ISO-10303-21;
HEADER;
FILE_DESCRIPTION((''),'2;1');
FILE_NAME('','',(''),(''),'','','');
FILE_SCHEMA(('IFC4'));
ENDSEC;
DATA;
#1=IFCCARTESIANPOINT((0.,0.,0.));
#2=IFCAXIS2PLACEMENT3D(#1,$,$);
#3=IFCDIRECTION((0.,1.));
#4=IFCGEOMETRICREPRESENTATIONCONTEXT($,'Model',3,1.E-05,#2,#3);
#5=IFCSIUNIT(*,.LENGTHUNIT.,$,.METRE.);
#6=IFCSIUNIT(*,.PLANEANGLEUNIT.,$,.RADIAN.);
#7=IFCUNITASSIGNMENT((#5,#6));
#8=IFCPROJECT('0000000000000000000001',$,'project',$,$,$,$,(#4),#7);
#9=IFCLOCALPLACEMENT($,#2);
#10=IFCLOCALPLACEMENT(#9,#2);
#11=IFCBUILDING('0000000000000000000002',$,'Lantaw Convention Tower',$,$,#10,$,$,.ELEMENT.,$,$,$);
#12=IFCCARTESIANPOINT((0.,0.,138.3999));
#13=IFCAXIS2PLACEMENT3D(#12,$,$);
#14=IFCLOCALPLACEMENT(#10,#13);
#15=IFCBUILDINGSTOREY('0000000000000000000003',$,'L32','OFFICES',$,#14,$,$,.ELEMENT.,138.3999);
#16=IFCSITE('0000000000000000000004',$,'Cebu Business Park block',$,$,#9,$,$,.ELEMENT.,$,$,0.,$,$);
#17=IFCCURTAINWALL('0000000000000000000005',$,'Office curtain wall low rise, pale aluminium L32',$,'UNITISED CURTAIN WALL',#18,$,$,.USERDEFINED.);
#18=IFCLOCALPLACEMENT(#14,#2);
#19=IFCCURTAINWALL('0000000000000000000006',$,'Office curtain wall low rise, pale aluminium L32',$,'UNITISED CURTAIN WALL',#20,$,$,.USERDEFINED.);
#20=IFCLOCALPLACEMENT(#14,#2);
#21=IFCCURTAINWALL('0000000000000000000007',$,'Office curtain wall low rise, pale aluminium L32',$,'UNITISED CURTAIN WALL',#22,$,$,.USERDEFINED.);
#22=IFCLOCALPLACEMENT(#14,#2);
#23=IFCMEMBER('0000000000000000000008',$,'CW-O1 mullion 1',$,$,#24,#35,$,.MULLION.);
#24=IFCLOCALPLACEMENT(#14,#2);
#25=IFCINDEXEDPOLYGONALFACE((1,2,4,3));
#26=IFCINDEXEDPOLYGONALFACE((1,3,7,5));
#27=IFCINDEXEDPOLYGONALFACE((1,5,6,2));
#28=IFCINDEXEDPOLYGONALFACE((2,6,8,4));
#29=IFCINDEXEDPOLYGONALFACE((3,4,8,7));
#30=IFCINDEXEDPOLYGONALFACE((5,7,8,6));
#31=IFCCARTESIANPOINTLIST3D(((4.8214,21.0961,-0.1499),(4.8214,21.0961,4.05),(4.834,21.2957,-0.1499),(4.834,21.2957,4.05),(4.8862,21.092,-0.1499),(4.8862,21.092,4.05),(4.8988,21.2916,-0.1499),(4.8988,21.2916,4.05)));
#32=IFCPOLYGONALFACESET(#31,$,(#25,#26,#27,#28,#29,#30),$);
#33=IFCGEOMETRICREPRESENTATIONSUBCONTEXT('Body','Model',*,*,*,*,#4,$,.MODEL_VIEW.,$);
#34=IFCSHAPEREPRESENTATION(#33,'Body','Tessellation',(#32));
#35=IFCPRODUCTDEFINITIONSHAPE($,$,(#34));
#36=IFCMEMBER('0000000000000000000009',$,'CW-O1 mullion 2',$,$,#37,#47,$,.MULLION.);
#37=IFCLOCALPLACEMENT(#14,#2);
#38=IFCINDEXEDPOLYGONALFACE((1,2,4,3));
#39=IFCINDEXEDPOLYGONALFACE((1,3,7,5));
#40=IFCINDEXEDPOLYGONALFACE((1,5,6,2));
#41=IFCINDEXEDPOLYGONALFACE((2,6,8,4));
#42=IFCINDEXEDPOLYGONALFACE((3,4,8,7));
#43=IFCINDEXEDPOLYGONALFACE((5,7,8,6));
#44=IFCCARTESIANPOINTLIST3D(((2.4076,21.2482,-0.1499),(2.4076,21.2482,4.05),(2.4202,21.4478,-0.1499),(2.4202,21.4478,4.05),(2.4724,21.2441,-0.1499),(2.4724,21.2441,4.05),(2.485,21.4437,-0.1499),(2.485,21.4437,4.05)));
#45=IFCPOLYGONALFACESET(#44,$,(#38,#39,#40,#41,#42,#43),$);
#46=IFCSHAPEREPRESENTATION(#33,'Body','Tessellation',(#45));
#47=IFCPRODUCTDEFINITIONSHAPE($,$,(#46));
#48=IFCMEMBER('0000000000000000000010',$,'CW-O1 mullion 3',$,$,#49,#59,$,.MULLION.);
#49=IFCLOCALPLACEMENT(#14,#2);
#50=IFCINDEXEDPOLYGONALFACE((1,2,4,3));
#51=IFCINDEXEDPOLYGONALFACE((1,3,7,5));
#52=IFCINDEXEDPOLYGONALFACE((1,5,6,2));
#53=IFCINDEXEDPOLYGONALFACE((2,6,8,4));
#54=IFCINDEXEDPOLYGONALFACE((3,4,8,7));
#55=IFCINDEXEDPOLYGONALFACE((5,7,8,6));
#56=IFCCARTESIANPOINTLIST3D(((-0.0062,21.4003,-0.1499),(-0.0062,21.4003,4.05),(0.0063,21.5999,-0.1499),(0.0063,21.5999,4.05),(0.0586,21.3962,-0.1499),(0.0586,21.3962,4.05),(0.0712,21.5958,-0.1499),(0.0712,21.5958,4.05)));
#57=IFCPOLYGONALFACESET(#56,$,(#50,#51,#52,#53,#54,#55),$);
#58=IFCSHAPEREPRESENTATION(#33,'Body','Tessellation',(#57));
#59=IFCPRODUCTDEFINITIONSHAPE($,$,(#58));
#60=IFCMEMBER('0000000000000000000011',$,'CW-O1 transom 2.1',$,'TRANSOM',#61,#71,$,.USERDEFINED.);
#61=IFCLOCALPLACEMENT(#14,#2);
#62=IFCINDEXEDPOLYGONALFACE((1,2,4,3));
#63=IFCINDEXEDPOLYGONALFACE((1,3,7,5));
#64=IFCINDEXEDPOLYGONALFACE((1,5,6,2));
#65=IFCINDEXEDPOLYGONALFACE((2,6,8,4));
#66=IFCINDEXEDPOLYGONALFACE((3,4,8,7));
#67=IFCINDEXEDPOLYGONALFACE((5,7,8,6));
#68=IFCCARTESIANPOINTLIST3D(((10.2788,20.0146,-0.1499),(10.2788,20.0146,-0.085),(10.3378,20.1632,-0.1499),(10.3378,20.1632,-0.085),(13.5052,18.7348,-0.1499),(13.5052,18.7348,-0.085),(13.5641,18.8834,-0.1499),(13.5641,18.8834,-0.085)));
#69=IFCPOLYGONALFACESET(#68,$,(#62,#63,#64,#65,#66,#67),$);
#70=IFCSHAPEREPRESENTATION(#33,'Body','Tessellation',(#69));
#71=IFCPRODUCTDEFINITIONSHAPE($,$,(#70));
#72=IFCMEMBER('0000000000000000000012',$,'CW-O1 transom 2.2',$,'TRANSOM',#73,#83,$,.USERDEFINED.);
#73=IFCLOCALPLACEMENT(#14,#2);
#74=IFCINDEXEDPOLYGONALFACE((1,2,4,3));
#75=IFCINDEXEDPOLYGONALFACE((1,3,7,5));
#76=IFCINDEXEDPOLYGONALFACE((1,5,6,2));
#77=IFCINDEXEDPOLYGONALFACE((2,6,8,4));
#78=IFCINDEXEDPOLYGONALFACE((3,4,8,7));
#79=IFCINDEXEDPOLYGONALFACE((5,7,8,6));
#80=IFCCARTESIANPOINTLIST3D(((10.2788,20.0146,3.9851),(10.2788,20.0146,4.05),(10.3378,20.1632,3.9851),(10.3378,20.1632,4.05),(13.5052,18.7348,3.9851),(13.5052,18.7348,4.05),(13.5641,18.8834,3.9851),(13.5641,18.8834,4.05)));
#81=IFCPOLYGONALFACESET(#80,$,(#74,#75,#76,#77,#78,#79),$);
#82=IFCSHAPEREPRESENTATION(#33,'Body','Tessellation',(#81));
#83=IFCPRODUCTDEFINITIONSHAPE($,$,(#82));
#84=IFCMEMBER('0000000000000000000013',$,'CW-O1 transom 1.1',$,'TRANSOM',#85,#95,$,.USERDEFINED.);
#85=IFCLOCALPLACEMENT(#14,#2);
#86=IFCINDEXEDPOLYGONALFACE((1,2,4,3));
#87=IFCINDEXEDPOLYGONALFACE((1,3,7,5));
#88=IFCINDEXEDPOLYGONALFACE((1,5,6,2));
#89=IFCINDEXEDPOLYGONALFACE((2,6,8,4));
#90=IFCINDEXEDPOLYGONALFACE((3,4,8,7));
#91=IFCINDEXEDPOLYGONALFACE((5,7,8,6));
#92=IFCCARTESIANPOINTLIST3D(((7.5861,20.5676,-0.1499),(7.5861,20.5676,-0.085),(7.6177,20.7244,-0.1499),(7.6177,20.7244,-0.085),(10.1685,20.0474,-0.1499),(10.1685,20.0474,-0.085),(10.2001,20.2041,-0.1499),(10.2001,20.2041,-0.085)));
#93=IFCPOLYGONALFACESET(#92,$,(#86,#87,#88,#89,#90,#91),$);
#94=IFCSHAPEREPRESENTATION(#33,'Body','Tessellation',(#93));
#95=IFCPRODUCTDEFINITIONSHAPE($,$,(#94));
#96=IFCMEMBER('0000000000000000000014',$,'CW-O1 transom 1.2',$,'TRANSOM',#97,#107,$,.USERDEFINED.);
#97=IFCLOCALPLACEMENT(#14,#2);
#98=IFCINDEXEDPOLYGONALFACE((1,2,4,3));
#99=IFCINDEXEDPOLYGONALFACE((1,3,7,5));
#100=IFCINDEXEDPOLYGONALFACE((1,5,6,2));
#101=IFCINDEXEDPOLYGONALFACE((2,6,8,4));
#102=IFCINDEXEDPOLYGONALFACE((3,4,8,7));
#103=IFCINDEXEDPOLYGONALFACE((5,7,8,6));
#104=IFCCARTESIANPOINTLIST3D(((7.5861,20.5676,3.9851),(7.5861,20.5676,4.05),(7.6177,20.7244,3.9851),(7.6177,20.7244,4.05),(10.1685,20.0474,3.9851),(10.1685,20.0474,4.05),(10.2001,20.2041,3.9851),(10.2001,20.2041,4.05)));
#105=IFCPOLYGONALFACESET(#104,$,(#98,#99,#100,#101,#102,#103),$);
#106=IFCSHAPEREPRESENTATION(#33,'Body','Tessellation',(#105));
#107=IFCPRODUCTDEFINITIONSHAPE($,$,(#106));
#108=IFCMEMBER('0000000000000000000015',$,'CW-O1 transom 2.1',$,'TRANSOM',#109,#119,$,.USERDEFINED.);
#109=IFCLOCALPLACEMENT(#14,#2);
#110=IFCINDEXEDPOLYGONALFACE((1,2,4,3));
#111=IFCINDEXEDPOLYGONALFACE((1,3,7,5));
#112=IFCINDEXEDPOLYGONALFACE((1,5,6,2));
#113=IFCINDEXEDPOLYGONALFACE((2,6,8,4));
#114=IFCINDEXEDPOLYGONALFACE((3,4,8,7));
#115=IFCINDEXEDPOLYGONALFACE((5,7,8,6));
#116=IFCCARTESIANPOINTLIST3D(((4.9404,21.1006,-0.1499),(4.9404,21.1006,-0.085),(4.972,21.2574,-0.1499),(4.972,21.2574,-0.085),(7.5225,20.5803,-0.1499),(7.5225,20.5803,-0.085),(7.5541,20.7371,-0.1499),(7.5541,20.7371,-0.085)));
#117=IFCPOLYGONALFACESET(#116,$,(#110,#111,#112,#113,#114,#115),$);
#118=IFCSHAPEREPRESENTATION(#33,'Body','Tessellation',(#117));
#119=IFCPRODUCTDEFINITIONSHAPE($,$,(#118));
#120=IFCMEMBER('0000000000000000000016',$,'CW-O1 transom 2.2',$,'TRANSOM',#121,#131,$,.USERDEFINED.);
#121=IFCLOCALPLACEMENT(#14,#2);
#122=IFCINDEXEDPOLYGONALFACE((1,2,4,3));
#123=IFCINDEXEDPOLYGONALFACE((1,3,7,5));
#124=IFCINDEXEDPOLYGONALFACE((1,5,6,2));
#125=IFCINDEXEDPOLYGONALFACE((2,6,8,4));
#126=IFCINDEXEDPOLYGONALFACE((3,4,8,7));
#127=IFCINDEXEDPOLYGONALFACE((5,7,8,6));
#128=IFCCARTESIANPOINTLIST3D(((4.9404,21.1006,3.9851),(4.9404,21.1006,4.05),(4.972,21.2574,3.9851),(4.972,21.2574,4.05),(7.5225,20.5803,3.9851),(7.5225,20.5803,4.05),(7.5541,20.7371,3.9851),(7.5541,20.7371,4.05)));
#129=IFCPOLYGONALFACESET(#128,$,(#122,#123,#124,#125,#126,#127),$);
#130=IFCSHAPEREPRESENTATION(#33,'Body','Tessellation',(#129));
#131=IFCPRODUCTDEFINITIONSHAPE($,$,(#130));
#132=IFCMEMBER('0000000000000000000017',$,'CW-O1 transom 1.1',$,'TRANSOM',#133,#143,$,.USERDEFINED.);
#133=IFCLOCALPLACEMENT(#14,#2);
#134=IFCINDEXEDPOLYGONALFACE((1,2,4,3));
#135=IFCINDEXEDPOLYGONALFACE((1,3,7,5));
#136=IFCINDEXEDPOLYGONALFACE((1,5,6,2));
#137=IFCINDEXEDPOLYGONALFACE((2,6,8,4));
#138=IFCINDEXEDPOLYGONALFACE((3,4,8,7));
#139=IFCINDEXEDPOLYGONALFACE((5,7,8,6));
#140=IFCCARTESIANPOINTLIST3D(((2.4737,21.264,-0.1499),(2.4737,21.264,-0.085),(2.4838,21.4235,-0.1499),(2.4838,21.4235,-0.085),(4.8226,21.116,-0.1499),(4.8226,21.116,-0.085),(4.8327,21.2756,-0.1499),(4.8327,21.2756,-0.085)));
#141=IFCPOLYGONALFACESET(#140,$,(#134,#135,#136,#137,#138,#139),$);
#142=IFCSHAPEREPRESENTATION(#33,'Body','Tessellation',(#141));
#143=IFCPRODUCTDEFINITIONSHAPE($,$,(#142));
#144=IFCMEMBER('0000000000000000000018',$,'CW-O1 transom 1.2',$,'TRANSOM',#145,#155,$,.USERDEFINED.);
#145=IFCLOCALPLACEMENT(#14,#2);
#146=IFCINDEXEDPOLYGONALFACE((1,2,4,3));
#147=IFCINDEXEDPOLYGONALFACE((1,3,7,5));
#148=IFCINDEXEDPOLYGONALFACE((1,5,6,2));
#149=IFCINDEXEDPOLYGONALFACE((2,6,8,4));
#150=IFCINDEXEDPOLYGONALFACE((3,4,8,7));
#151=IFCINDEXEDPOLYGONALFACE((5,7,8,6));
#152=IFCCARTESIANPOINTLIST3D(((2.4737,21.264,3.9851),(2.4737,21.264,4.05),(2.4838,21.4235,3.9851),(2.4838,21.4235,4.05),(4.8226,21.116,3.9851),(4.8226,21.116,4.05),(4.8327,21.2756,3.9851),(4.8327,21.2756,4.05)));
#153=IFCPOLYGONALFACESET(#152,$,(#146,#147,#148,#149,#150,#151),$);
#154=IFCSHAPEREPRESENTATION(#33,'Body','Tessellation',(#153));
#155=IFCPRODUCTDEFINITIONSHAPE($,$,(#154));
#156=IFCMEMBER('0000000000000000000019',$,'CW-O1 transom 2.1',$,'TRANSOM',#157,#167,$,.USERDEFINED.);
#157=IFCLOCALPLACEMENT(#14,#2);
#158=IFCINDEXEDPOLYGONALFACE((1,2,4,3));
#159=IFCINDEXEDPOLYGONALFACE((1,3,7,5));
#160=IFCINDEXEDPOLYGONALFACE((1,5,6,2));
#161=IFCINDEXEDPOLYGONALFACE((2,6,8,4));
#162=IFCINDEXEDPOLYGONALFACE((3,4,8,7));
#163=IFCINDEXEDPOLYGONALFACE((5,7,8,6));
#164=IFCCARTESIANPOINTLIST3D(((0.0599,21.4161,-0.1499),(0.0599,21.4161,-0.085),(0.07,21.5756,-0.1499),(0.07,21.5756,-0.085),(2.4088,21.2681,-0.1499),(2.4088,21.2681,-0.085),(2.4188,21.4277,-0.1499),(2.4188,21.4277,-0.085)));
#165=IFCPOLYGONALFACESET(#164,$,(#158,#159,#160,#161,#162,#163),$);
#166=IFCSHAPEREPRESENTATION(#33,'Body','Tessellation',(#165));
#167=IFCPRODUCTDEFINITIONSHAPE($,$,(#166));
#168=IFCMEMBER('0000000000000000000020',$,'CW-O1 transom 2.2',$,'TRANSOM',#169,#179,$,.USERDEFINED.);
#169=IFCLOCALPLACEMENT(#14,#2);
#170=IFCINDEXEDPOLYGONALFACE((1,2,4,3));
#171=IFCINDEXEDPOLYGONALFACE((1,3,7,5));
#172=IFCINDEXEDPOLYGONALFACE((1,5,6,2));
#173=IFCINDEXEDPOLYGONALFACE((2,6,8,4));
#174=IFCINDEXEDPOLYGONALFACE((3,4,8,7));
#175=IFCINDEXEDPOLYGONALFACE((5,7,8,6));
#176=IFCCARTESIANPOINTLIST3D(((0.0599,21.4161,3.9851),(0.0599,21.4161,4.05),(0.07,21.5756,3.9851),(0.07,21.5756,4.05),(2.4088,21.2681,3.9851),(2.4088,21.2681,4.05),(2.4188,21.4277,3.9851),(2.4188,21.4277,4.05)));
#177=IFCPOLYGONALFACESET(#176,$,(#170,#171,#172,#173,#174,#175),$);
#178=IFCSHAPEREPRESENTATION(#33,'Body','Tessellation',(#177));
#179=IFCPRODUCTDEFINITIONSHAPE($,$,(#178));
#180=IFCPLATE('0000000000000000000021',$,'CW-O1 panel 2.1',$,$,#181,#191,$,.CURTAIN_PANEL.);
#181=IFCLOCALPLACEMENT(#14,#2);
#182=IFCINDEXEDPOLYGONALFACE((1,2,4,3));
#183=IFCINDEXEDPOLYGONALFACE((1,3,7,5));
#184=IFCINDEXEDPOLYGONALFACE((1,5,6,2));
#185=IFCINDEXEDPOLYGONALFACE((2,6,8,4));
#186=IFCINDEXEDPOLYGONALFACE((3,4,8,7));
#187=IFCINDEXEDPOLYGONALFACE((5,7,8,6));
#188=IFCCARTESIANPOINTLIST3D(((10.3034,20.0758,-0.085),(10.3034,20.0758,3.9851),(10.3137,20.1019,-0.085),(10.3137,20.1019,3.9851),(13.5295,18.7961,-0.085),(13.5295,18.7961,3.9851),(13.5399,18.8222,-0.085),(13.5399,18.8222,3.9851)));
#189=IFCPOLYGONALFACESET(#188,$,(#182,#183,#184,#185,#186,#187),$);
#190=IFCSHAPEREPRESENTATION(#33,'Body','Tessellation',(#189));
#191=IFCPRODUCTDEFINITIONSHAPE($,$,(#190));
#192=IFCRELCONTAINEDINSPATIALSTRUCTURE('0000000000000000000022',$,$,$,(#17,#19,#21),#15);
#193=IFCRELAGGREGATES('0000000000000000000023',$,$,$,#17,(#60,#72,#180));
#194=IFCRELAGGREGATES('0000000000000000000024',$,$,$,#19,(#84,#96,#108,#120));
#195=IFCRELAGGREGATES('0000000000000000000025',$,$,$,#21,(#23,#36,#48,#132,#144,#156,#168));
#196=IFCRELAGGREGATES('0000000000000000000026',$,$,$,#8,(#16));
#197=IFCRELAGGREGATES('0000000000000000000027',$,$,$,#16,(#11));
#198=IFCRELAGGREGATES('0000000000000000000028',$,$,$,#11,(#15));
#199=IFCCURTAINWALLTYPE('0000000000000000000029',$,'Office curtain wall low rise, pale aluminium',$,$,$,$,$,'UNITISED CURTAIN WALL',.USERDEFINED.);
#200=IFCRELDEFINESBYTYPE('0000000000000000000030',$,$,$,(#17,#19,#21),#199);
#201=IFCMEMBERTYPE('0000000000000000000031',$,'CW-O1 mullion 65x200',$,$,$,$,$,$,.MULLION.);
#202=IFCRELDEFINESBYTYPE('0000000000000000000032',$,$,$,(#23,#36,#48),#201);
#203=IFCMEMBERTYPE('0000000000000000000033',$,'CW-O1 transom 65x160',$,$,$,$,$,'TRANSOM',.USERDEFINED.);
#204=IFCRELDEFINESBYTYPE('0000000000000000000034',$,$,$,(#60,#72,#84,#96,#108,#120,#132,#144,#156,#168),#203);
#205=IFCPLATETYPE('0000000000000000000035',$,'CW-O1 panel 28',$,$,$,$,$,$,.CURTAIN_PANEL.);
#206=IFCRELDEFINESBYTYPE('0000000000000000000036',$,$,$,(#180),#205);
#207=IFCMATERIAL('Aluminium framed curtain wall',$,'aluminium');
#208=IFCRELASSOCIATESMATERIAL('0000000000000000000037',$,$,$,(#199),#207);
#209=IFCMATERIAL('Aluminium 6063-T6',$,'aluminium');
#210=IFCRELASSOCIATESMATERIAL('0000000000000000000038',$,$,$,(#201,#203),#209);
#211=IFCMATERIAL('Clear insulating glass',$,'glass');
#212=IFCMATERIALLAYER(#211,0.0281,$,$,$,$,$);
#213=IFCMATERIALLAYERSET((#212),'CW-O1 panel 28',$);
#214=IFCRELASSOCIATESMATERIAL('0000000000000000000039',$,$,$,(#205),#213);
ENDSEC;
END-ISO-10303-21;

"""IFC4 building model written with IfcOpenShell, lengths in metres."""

from ifc_helpers import new_model, si_unit, direction, frame, origin, origin_2d, place, context, subcontext, project, spatial, rectangle, extrude, material, layer, layer_set, material_profile, profile_set, type_object, element, aggregate, save


model = new_model("IFC4")

# Units and contexts
model_context = context("Model", 3, precision=1e-05, world=origin(), true_north=direction((0.0, 1.0)))
body_context = subcontext(model_context, "Body", "Model", "MODEL_VIEW")
ifc_project = project(units=[si_unit("LENGTHUNIT", "METRE"), si_unit("PLANEANGLEUNIT", "RADIAN")], contexts=[model_context])

# Site, building, storey
site_placement = place(None, origin())
site = spatial("IfcSite", under=ifc_project, at=site_placement, Name="Cebu Business Park block", CompositionType="ELEMENT", RefElevation=0.0)
building_placement = place(site_placement, origin())
building = spatial("IfcBuilding", under=site, at=building_placement, Name="Lantaw Convention Tower", CompositionType="ELEMENT")
storey_placement = place(building_placement, frame((0.0, 0.0, 138.3999)))
storey = spatial("IfcBuildingStorey", under=building, at=storey_placement, Name="L32", Description="OFFICES", CompositionType="ELEMENT", Elevation=138.3999)

# Curtain wall
ifc_material_1 = material(Name="Aluminium framed curtain wall", Category="aluminium")
curtain_wall_type = type_object("IfcCurtainWallType", Name="Office curtain wall low rise, pale aluminium", ElementType="UNITISED CURTAIN WALL", PredefinedType="USERDEFINED", material=ifc_material_1)
curtain_wall_1_placement = place(storey_placement, origin())
curtain_wall_1 = element("IfcCurtainWall", 1, at=curtain_wall_1_placement, inside=storey, type_object=curtain_wall_type, Name="Office curtain wall low rise, pale aluminium L32", ObjectType="UNITISED CURTAIN WALL", PredefinedType="USERDEFINED")
ifc_material_2 = material(Name="Aluminium 6063-T6", Category="aluminium")
ifc_material_profile_1 = material_profile(ifc_material_2, rectangle(XDim=0.2, YDim=0.0649, at=origin_2d()), Name="CW-O1 mullion 65x200")
ifc_profile_set_1 = profile_set([ifc_material_profile_1], Name="Aluminium 6063-T6")
member_type_1 = type_object("IfcMemberType", Name="CW-O1 mullion 65x200", PredefinedType="MULLION", material=ifc_profile_set_1)

# Curtain walls, members
curtain_wall_2_placement = place(storey_placement, origin())
curtain_wall_2 = element("IfcCurtainWall", 2, at=curtain_wall_2_placement, inside=storey, type_object=curtain_wall_type, Name="Office curtain wall low rise, pale aluminium L32", ObjectType="UNITISED CURTAIN WALL", PredefinedType="USERDEFINED")
curtain_wall_3_placement = place(storey_placement, origin())
curtain_wall_3 = element("IfcCurtainWall", 3, at=curtain_wall_3_placement, inside=storey, type_object=curtain_wall_type, Name="Office curtain wall low rise, pale aluminium L32", ObjectType="UNITISED CURTAIN WALL", PredefinedType="USERDEFINED")
member_1_placement = place(storey_placement, frame((4.8601, 21.1938, -0.1499), z_axis=(0.0, 0.0, 1.0), x_axis=(-0.062865, -0.998022, 0.0)))
member_1 = element("IfcMember", 4, at=member_1_placement, type_object=member_type_1, Name="CW-O1 mullion 1", PredefinedType="MULLION", context=body_context, shape_type="SweptSolid", body=[
    extrude(rectangle(XDim=0.2, YDim=0.0649, at=origin_2d()), origin(), (0.0, 0.0, 1.0), 4.2),
])
member_2_placement = place(storey_placement, frame((2.4463, 21.3459, -0.1499), z_axis=(0.0, 0.0, 1.0), x_axis=(-0.062865, -0.998022, 0.0)))
member_2 = element("IfcMember", 5, at=member_2_placement, type_object=member_type_1, Name="CW-O1 mullion 2", PredefinedType="MULLION", context=body_context, shape_type="SweptSolid", body=[
    extrude(rectangle(XDim=0.2, YDim=0.0649, at=origin_2d()), origin(), (0.0, 0.0, 1.0), 4.2),
])
member_3_placement = place(storey_placement, frame((0.0325, 21.498, -0.1499), z_axis=(0.0, 0.0, 1.0), x_axis=(-0.062865, -0.998022, 0.0)))
member_3 = element("IfcMember", 6, at=member_3_placement, type_object=member_type_1, Name="CW-O1 mullion 3", PredefinedType="MULLION", context=body_context, shape_type="SweptSolid", body=[
    extrude(rectangle(XDim=0.2, YDim=0.0649, at=origin_2d()), origin(), (0.0, 0.0, 1.0), 4.2),
])

# Members
ifc_material_profile_2 = material_profile(ifc_material_2, rectangle(XDim=0.1599, YDim=0.0649, at=origin_2d()), Name="CW-O1 transom 65x160")
ifc_profile_set_2 = profile_set([ifc_material_profile_2], Name="Aluminium 6063-T6")
member_type_2 = type_object("IfcMemberType", Name="CW-O1 transom 65x160", ElementType="TRANSOM", PredefinedType="USERDEFINED", material=ifc_profile_set_2)
member_4_placement = place(storey_placement, frame((13.5347, 18.8091, -0.1174), z_axis=(-0.92954, 0.368721, 0.0), x_axis=(-0.368721, -0.92954, 0.0)))
member_4 = element("IfcMember", 7, at=member_4_placement, type_object=member_type_2, Name="CW-O1 transom 2.1", ObjectType="TRANSOM", PredefinedType="USERDEFINED", context=body_context, shape_type="SweptSolid", body=[
    extrude(rectangle(XDim=0.1599, YDim=0.0649, at=origin_2d()), origin(), (0.0, 0.0, 1.0), 3.4709),
])
member_5_placement = place(storey_placement, frame((13.5347, 18.8091, 4.0176), z_axis=(-0.92954, 0.368721, 0.0), x_axis=(-0.368721, -0.92954, 0.0)))
member_5 = element("IfcMember", 8, at=member_5_placement, type_object=member_type_2, Name="CW-O1 transom 2.2", ObjectType="TRANSOM", PredefinedType="USERDEFINED", context=body_context, shape_type="SweptSolid", body=[
    extrude(rectangle(XDim=0.1599, YDim=0.0649, at=origin_2d()), origin(), (0.0, 0.0, 1.0), 3.4709),
])
member_6_placement = place(storey_placement, frame((10.1843, 20.1257, -0.1174), z_axis=(-0.980302, 0.197506, 0.0), x_axis=(-0.197506, -0.980302, 0.0)))
member_6 = element("IfcMember", 9, at=member_6_placement, type_object=member_type_2, Name="CW-O1 transom 1.1", ObjectType="TRANSOM", PredefinedType="USERDEFINED", context=body_context, shape_type="SweptSolid", body=[
    extrude(rectangle(XDim=0.1599, YDim=0.0649, at=origin_2d()), origin(), (0.0, 0.0, 1.0), 2.6343),
])
member_7_placement = place(storey_placement, frame((10.1843, 20.1257, 4.0176), z_axis=(-0.980302, 0.197506, 0.0), x_axis=(-0.197506, -0.980302, 0.0)))
member_7 = element("IfcMember", 10, at=member_7_placement, type_object=member_type_2, Name="CW-O1 transom 1.2", ObjectType="TRANSOM", PredefinedType="USERDEFINED", context=body_context, shape_type="SweptSolid", body=[
    extrude(rectangle(XDim=0.1599, YDim=0.0649, at=origin_2d()), origin(), (0.0, 0.0, 1.0), 2.6343),
])
member_8_placement = place(storey_placement, frame((7.5383, 20.6587, -0.1174), z_axis=(-0.980298, 0.197524, 0.0), x_axis=(-0.197524, -0.980298, 0.0)))
member_8 = element("IfcMember", 11, at=member_8_placement, type_object=member_type_2, Name="CW-O1 transom 2.1", ObjectType="TRANSOM", PredefinedType="USERDEFINED", context=body_context, shape_type="SweptSolid", body=[
    extrude(rectangle(XDim=0.1599, YDim=0.0649, at=origin_2d()), origin(), (0.0, 0.0, 1.0), 2.634),
])
member_9_placement = place(storey_placement, frame((7.5383, 20.6587, 4.0176), z_axis=(-0.980298, 0.197524, 0.0), x_axis=(-0.197524, -0.980298, 0.0)))
member_9 = element("IfcMember", 12, at=member_9_placement, type_object=member_type_2, Name="CW-O1 transom 2.2", ObjectType="TRANSOM", PredefinedType="USERDEFINED", context=body_context, shape_type="SweptSolid", body=[
    extrude(rectangle(XDim=0.1599, YDim=0.0649, at=origin_2d()), origin(), (0.0, 0.0, 1.0), 2.634),
])
member_10_placement = place(storey_placement, frame((4.8276, 21.1958, -0.1174), z_axis=(-0.998022, 0.062863, 0.0), x_axis=(-0.062863, -0.998022, 0.0)))
member_10 = element("IfcMember", 13, at=member_10_placement, type_object=member_type_2, Name="CW-O1 transom 1.1", ObjectType="TRANSOM", PredefinedType="USERDEFINED", context=body_context, shape_type="SweptSolid", body=[
    extrude(rectangle(XDim=0.1599, YDim=0.0649, at=origin_2d()), origin(), (0.0, 0.0, 1.0), 2.3535),
])
member_11_placement = place(storey_placement, frame((4.8276, 21.1958, 4.0176), z_axis=(-0.998022, 0.062863, 0.0), x_axis=(-0.062863, -0.998022, 0.0)))
member_11 = element("IfcMember", 14, at=member_11_placement, type_object=member_type_2, Name="CW-O1 transom 1.2", ObjectType="TRANSOM", PredefinedType="USERDEFINED", context=body_context, shape_type="SweptSolid", body=[
    extrude(rectangle(XDim=0.1599, YDim=0.0649, at=origin_2d()), origin(), (0.0, 0.0, 1.0), 2.3535),
])
member_12_placement = place(storey_placement, frame((2.4138, 21.3479, -0.1174), z_axis=(-0.998022, 0.062863, 0.0), x_axis=(-0.062863, -0.998022, 0.0)))
member_12 = element("IfcMember", 15, at=member_12_placement, type_object=member_type_2, Name="CW-O1 transom 2.1", ObjectType="TRANSOM", PredefinedType="USERDEFINED", context=body_context, shape_type="SweptSolid", body=[
    extrude(rectangle(XDim=0.1599, YDim=0.0649, at=origin_2d()), origin(), (0.0, 0.0, 1.0), 2.3535),
])
member_13_placement = place(storey_placement, frame((2.4138, 21.3479, 4.0176), z_axis=(-0.998022, 0.062863, 0.0), x_axis=(-0.062863, -0.998022, 0.0)))
member_13 = element("IfcMember", 16, at=member_13_placement, type_object=member_type_2, Name="CW-O1 transom 2.2", ObjectType="TRANSOM", PredefinedType="USERDEFINED", context=body_context, shape_type="SweptSolid", body=[
    extrude(rectangle(XDim=0.1599, YDim=0.0649, at=origin_2d()), origin(), (0.0, 0.0, 1.0), 2.3535),
])

# Plate
ifc_material_3 = material(Name="Clear insulating glass", Category="glass")
ifc_layer_1 = layer(ifc_material_3, 0.0281)
ifc_layer_set_1 = layer_set([ifc_layer_1], Name="CW-O1 panel 28")
plate_type_1 = type_object("IfcPlateType", Name="CW-O1 panel 28", PredefinedType="CURTAIN_PANEL", material=ifc_layer_set_1)
plate_1_placement = place(storey_placement, frame((11.9216, 19.449, -0.085), z_axis=(0.0, 0.0, 1.0), x_axis=(-0.929548, 0.368702, 0.0)))
plate_1 = element("IfcPlate", 17, at=plate_1_placement, type_object=plate_type_1, Name="CW-O1 panel 2.1", PredefinedType="CURTAIN_PANEL", context=body_context, shape_type="SweptSolid", body=[
    extrude(rectangle(XDim=3.4707, YDim=0.0281, at=origin_2d()), origin(), (0.0, 0.0, 1.0), 4.0701),
])
aggregate(curtain_wall_1, [member_4, member_5, plate_1])
aggregate(curtain_wall_2, [member_6, member_7, member_8, member_9])
aggregate(curtain_wall_3, [member_1, member_2, member_3, member_10, member_11, member_12, member_13])

save(model, "model.ifc")
